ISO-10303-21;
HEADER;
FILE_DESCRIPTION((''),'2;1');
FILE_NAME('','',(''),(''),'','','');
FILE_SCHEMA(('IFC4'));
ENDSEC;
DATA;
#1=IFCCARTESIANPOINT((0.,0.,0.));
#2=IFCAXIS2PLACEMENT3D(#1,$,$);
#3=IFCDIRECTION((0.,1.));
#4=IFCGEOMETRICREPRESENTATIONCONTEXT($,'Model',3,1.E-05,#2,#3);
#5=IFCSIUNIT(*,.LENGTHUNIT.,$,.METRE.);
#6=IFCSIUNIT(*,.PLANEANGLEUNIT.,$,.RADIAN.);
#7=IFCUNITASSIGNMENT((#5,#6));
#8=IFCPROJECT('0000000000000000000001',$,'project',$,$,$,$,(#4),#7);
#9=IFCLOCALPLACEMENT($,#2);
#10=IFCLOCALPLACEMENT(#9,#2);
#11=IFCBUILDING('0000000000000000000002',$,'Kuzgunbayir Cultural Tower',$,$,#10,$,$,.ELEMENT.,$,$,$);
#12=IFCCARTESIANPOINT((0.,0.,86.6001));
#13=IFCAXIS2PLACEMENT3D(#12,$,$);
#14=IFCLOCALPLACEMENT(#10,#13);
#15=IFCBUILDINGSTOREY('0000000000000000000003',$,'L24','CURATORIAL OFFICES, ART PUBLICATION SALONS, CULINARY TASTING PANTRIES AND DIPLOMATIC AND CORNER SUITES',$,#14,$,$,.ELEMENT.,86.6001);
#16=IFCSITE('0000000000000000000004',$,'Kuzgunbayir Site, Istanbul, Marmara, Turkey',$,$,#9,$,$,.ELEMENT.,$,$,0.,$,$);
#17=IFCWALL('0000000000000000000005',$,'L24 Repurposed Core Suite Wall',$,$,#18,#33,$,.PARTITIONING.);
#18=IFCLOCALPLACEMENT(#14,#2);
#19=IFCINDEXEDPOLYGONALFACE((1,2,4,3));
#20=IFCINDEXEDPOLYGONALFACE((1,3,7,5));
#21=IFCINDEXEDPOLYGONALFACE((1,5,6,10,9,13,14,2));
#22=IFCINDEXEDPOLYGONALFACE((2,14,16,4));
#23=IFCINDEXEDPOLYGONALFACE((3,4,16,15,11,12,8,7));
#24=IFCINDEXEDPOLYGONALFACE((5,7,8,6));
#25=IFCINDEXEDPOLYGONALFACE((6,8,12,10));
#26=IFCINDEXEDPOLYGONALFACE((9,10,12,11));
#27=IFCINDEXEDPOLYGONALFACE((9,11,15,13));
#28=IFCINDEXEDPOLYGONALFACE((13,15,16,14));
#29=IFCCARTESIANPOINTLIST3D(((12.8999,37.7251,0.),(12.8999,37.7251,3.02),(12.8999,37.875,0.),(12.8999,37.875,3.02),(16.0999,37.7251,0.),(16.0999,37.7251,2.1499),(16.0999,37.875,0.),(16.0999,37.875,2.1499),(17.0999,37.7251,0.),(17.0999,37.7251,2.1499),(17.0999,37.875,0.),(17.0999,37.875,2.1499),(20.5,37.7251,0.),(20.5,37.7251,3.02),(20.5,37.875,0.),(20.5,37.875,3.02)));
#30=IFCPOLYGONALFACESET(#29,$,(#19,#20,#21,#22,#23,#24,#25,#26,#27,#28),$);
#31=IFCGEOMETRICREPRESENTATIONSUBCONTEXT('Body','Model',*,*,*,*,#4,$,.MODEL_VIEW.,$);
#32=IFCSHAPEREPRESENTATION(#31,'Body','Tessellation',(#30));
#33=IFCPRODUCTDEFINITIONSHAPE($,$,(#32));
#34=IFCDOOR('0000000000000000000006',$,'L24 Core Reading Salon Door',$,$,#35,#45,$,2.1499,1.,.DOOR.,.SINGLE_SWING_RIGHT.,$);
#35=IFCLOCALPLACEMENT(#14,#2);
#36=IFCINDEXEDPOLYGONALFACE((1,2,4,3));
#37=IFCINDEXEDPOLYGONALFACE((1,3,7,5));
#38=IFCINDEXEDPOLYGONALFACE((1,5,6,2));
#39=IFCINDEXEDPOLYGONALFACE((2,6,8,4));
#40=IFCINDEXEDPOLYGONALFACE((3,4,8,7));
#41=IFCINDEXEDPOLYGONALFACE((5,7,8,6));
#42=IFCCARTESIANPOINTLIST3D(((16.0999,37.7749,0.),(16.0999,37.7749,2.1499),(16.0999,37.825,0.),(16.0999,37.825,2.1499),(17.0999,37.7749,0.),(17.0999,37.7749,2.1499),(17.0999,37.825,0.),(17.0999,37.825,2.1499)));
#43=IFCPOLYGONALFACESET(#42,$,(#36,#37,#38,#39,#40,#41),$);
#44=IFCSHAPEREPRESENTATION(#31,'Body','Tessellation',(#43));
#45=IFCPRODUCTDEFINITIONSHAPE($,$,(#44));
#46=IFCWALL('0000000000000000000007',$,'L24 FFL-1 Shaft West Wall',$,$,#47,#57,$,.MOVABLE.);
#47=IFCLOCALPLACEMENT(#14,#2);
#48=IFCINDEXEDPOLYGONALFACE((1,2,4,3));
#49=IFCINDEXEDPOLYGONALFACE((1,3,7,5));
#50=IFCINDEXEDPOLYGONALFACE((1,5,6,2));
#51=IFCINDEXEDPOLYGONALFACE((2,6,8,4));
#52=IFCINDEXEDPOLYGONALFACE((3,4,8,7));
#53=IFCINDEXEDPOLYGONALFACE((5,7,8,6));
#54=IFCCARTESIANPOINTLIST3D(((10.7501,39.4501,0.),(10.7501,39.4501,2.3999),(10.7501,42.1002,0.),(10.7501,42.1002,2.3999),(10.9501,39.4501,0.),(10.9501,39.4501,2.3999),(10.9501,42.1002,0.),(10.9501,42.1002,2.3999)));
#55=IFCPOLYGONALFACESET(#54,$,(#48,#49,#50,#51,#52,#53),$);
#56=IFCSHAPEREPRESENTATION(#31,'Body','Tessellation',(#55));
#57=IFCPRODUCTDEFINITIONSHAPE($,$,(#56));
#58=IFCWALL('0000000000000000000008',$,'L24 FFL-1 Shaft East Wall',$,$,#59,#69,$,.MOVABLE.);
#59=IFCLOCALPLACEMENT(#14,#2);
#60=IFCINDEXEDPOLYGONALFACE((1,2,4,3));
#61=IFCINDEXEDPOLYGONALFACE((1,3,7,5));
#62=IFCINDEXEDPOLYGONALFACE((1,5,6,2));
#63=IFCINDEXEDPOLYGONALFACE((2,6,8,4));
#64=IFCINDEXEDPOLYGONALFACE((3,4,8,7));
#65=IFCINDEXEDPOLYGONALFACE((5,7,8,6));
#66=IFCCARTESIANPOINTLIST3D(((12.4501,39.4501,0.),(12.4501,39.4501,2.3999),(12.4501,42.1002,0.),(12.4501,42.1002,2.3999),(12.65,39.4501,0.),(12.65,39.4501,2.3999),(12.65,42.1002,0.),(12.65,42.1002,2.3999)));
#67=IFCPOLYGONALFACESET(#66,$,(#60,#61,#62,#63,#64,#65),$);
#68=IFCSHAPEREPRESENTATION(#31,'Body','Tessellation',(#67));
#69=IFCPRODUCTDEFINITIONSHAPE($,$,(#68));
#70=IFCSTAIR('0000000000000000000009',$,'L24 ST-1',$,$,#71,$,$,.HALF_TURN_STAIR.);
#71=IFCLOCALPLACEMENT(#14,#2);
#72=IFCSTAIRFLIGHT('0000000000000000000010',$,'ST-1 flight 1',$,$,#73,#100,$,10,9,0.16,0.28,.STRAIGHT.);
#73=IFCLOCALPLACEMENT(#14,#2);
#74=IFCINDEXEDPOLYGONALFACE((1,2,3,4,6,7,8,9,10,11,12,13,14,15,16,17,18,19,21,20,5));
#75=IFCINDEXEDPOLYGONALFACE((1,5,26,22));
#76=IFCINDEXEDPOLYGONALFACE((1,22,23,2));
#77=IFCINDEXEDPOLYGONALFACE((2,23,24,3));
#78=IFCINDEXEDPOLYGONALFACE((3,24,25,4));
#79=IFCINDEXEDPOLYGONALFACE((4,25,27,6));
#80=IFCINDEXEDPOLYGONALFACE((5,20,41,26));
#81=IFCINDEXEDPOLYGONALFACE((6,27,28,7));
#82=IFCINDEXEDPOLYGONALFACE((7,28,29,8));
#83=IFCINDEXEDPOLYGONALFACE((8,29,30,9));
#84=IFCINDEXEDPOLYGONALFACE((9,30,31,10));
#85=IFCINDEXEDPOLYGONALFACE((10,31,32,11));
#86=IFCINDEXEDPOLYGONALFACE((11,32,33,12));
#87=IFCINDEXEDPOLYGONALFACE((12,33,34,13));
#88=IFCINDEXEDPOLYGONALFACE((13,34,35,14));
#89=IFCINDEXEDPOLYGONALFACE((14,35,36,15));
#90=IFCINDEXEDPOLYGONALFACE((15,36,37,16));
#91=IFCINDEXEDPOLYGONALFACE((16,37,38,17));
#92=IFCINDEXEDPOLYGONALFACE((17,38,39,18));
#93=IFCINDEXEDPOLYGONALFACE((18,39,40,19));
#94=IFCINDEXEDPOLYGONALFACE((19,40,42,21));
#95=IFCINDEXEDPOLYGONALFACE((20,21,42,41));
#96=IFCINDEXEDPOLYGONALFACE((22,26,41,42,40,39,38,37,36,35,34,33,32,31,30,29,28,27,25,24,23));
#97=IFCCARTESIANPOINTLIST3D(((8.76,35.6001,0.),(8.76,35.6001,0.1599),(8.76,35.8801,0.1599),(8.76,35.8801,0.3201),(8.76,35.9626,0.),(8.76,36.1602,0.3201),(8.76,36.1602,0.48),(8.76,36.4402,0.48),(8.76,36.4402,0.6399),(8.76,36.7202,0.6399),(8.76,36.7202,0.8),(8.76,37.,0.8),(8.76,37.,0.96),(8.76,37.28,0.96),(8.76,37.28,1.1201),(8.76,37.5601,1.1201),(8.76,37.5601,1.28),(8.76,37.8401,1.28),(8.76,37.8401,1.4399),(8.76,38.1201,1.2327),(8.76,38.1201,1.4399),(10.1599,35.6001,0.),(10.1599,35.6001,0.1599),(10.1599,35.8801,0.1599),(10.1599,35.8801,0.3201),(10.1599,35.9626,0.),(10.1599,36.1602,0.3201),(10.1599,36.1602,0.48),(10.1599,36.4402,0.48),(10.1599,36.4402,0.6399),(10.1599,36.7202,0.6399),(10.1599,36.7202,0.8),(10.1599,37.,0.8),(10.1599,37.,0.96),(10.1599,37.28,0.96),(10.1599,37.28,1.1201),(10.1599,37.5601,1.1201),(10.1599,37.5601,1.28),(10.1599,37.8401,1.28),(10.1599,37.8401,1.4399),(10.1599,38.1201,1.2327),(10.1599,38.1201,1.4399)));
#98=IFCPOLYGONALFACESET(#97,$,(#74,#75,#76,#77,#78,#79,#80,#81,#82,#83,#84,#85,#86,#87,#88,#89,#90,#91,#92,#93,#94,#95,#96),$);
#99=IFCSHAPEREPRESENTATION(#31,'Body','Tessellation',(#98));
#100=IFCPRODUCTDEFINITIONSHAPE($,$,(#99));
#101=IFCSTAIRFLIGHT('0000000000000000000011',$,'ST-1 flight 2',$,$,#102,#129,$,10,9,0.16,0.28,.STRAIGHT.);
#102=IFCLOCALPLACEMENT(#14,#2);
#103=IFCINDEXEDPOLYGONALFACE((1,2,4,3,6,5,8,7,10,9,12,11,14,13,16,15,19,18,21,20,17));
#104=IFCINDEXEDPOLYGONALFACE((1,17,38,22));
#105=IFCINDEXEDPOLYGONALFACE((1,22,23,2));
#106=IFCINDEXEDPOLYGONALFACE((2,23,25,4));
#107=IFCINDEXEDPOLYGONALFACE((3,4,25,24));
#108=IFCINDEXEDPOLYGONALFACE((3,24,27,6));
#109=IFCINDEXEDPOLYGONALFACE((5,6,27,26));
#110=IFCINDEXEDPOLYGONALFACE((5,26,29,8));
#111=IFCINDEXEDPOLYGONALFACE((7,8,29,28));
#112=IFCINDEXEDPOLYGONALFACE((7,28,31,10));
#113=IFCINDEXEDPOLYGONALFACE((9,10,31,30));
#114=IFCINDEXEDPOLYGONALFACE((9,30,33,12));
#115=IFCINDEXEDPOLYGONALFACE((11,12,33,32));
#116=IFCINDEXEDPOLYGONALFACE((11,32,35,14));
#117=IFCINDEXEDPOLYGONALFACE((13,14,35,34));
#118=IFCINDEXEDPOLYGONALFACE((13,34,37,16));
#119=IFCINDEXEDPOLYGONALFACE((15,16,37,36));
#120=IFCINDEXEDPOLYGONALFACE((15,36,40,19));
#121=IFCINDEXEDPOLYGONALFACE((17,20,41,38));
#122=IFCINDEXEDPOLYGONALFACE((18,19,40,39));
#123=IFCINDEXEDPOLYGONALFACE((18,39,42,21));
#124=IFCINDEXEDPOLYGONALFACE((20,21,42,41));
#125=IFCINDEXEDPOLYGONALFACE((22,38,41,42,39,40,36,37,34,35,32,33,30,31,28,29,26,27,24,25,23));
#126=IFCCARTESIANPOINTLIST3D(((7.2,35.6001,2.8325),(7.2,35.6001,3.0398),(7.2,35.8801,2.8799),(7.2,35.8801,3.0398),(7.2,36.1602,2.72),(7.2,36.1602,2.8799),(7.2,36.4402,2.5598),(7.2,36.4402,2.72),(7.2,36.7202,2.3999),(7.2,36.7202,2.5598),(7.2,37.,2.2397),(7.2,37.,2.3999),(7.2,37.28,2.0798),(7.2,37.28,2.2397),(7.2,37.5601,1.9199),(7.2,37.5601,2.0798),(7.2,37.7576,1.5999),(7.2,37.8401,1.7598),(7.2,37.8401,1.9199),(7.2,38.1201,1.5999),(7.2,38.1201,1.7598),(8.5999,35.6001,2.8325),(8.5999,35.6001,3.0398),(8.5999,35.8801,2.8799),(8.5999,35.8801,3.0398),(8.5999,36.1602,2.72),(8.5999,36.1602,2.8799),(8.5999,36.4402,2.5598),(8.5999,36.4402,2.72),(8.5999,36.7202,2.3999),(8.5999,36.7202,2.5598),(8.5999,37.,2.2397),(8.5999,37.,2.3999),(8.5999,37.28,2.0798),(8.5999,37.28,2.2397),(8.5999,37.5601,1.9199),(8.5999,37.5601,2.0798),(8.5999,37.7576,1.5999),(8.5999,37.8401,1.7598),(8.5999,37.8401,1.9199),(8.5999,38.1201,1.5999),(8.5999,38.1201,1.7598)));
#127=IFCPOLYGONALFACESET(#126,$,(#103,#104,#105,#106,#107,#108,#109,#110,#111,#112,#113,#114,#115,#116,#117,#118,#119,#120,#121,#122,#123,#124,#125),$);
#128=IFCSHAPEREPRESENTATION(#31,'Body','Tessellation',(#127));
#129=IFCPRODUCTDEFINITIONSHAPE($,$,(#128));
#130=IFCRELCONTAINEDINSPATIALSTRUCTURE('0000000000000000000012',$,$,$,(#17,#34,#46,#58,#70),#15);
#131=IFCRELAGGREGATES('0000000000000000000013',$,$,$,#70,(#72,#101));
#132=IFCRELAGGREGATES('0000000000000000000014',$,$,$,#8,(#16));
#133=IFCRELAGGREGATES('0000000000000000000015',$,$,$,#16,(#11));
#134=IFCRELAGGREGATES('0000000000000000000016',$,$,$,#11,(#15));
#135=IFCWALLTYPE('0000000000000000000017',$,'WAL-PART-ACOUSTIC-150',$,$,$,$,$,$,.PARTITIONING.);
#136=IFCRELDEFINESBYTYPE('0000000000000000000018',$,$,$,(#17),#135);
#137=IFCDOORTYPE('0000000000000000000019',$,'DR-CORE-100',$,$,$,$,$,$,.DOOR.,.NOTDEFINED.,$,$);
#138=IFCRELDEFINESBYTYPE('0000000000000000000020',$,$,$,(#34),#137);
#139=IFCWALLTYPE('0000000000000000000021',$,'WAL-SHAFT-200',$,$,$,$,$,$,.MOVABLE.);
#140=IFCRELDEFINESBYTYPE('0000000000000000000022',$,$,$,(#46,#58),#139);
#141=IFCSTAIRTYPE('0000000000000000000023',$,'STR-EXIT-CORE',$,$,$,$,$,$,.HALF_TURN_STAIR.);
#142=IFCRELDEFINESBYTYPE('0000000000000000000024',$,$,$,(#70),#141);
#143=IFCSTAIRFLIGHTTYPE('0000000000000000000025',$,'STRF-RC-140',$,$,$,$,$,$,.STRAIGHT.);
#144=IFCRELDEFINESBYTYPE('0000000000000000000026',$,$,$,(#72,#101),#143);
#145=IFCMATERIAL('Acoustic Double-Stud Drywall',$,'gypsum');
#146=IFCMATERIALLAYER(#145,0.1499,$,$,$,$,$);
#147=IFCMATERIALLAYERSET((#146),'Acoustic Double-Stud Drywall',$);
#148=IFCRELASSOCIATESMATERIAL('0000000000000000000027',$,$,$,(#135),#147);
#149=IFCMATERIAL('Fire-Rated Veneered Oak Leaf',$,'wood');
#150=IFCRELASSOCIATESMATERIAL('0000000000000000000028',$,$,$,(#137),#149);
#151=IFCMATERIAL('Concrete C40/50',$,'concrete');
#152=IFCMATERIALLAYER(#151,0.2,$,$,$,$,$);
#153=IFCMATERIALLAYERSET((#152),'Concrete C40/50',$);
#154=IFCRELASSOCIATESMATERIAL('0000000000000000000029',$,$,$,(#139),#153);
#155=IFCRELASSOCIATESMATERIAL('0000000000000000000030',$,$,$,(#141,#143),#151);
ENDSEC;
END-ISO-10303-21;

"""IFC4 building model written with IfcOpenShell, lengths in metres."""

from ifc_helpers import new_model, si_unit, direction, frame, frame_2d, origin, place, context, subcontext, project, spatial, polyline, rectangle, outline, extrude, material, layer, layer_set, type_object, element, fill, aggregate, save


model = new_model("IFC4")

# Units and contexts
model_context = context("Model", 3, precision=1e-05, world=origin(), true_north=direction((0.0, 1.0)))
body_context = subcontext(model_context, "Body", "Model", "MODEL_VIEW")
ifc_project = project(units=[si_unit("LENGTHUNIT", "METRE"), si_unit("PLANEANGLEUNIT", "RADIAN")], contexts=[model_context])

# Site, building, storey
site_placement = place(None, origin())
site = spatial("IfcSite", under=ifc_project, at=site_placement, Name="Kuzgunbayir Site, Istanbul, Marmara, Turkey", CompositionType="ELEMENT", RefElevation=0.0)
building_placement = place(site_placement, origin())
building = spatial("IfcBuilding", under=site, at=building_placement, Name="Kuzgunbayir Cultural Tower", CompositionType="ELEMENT")
storey_placement = place(building_placement, frame((0.0, 0.0, 86.6001)))
storey = spatial("IfcBuildingStorey", under=building, at=storey_placement, Name="L24", Description="CURATORIAL OFFICES, ART PUBLICATION SALONS, CULINARY TASTING PANTRIES AND DIPLOMATIC AND CORNER SUITES", CompositionType="ELEMENT", Elevation=86.6001)

# Wall, opening, door
ifc_material_1 = material(Name="Acoustic Double-Stud Drywall", Category="gypsum")
ifc_layer_1 = layer(ifc_material_1, 0.1499)
ifc_layer_set_1 = layer_set([ifc_layer_1], Name="Acoustic Double-Stud Drywall")
wall_type_1 = type_object("IfcWallType", Name="WAL-PART-ACOUSTIC-150", PredefinedType="PARTITIONING", material=ifc_layer_set_1)
wall_1_placement = place(storey_placement, frame((12.8999, 37.8, 0.0), z_axis=(0.0, 0.0, 1.0), x_axis=(1.0, 0.0, 0.0)))
wall_1 = element("IfcWall", 1, at=wall_1_placement, inside=storey, type_object=wall_type_1, Name="L24 Repurposed Core Suite Wall", PredefinedType="PARTITIONING", context=body_context, shape_type="SweptSolid", body=[
    extrude(rectangle(XDim=7.6001, YDim=0.1499, at=frame_2d((3.8, 0.0))), origin(), (0.0, 0.0, 1.0), 3.02),
])
opening_1_placement = place(wall_1_placement, frame((3.2, 0.0, 0.0)))
opening_1 = element("IfcOpeningElement", 2, at=opening_1_placement, cuts=wall_1, PredefinedType="OPENING", context=body_context, shape_type="SweptSolid", body=[
    extrude(rectangle(XDim=1.0, YDim=2.1499, at=frame_2d((0.5, 1.075))), frame((0.0, 0.085, 0.0), z_axis=(0.0, -1.0, 0.0), x_axis=(1.0, 0.0, 0.0)), (0.0, 0.0, 1.0), 0.1699),
])
ifc_material_2 = material(Name="Fire-Rated Veneered Oak Leaf", Category="wood")
door_type_1 = type_object("IfcDoorType", Name="DR-CORE-100", OperationType="NOTDEFINED", PredefinedType="DOOR", material=ifc_material_2)
door_1_placement = place(opening_1_placement, origin())
door_1 = element("IfcDoor", 3, at=door_1_placement, inside=storey, type_object=door_type_1, Name="L24 Core Reading Salon Door", OperationType="SINGLE_SWING_RIGHT", OverallHeight=2.1499, OverallWidth=1.0, PredefinedType="DOOR", context=body_context, shape_type="SweptSolid", body=[
    extrude(rectangle(XDim=1.0, YDim=2.1499, at=frame_2d((0.5, 1.075))), frame((0.0, 0.0249, 0.0), z_axis=(0.0, -1.0, 0.0), x_axis=(1.0, 0.0, 0.0)), (0.0, 0.0, 1.0), 0.05),
])
fill(opening_1, door_1)
ifc_material_3 = material(Name="Concrete C40/50", Category="concrete")
ifc_layer_2 = layer(ifc_material_3, 0.2)
ifc_layer_set_2 = layer_set([ifc_layer_2], Name="Concrete C40/50")
wall_type_2 = type_object("IfcWallType", Name="WAL-SHAFT-200", PredefinedType="MOVABLE", material=ifc_layer_set_2)

# Walls
for number, where, z_axis, x_axis, name in (
    (4, (10.8501, 39.45, 0.0), (0.0, 0.0, 1.0), (0.0, 1.0, 0.0), "L24 FFL-1 Shaft West Wall"),
    (5, (12.55, 39.45, 0.0), (0.0, 0.0, 1.0), (0.0, 1.0, 0.0), "L24 FFL-1 Shaft East Wall"),
):
    element("IfcWall", number, at=place(storey_placement, frame(where, z_axis=z_axis, x_axis=x_axis)), inside=storey, type_object=wall_type_2, Name=name, PredefinedType="MOVABLE", context=body_context, shape_type="SweptSolid", body=[
        extrude(rectangle(XDim=2.6501, YDim=0.2, at=frame_2d((1.3252, 0.0))), origin(), (0.0, 0.0, 1.0), 2.3999),
    ])

# Stair, stair flights
stair_type = type_object("IfcStairType", Name="STR-EXIT-CORE", PredefinedType="HALF_TURN_STAIR", material=ifc_material_3)
stair_placement = place(storey_placement, origin())
stair = element("IfcStair", 6, at=stair_placement, inside=storey, type_object=stair_type, Name="L24 ST-1", PredefinedType="HALF_TURN_STAIR")
stair_flight_type = type_object("IfcStairFlightType", Name="STRF-RC-140", PredefinedType="STRAIGHT", material=ifc_material_3)
stair_flight_1_placement = place(storey_placement, frame((9.46, 35.6001, 0.0), z_axis=(0.0, 0.0, 1.0), x_axis=(0.0, 1.0, 0.0)))
stair_flight_1 = element("IfcStairFlight", 7, at=stair_flight_1_placement, type_object=stair_flight_type, Name="ST-1 flight 1", NumberOfRisers=10, NumberOfTreads=9, PredefinedType="STRAIGHT", RiserHeight=0.16, TreadLength=0.28, context=body_context, shape_type="SweptSolid", body=[
    extrude(outline(polyline([(0.0, 0.0), (0.0, 0.1599), (0.28, 0.1599), (0.28, 0.3201), (0.5601, 0.3201), (0.5601, 0.48), (0.8401, 0.48), (0.8401, 0.6399), (1.1201, 0.6399), (1.1201, 0.8), (1.3999, 0.8), (1.3999, 0.96), (1.6799, 0.96), (1.6799, 1.1201), (1.96, 1.1201), (1.96, 1.28), (2.24, 1.28), (2.24, 1.4399), (2.52, 1.4399), (2.52, 1.6001), (2.52, 1.2327), (0.3625, 0.0), (0.0, 0.0)])), frame((0.0, 0.7, 0.0), z_axis=(0.0, -1.0, 0.0), x_axis=(1.0, 0.0, 0.0)), (0.0, 0.0, 1.0), 1.3999),
])
stair_flight_2_placement = place(storey_placement, frame((7.8999, 38.1201, 1.5999), z_axis=(0.0, 0.0, 1.0), x_axis=(0.0, -1.0, 0.0)))
stair_flight_2 = element("IfcStairFlight", 8, at=stair_flight_2_placement, type_object=stair_flight_type, Name="ST-1 flight 2", NumberOfRisers=10, NumberOfTreads=9, PredefinedType="STRAIGHT", RiserHeight=0.16, TreadLength=0.28, context=body_context, shape_type="SweptSolid", body=[
    extrude(outline(polyline([(0.0, 0.0), (0.0, 0.1599), (0.28, 0.1599), (0.28, 0.3201), (0.5601, 0.3201), (0.5601, 0.48), (0.8401, 0.48), (0.8401, 0.6399), (1.1201, 0.6399), (1.1201, 0.8), (1.3999, 0.8), (1.3999, 0.96), (1.6799, 0.96), (1.6799, 1.1201), (1.96, 1.1201), (1.96, 1.28), (2.24, 1.28), (2.24, 1.4399), (2.52, 1.4399), (2.52, 1.6001), (2.52, 1.2327), (0.3625, 0.0), (0.0, 0.0)])), frame((0.0, 0.7, 0.0), z_axis=(0.0, -1.0, 0.0), x_axis=(1.0, 0.0, 0.0)), (0.0, 0.0, 1.0), 1.3999),
])
aggregate(stair, [stair_flight_1, stair_flight_2])

save(model, "model.ifc")
